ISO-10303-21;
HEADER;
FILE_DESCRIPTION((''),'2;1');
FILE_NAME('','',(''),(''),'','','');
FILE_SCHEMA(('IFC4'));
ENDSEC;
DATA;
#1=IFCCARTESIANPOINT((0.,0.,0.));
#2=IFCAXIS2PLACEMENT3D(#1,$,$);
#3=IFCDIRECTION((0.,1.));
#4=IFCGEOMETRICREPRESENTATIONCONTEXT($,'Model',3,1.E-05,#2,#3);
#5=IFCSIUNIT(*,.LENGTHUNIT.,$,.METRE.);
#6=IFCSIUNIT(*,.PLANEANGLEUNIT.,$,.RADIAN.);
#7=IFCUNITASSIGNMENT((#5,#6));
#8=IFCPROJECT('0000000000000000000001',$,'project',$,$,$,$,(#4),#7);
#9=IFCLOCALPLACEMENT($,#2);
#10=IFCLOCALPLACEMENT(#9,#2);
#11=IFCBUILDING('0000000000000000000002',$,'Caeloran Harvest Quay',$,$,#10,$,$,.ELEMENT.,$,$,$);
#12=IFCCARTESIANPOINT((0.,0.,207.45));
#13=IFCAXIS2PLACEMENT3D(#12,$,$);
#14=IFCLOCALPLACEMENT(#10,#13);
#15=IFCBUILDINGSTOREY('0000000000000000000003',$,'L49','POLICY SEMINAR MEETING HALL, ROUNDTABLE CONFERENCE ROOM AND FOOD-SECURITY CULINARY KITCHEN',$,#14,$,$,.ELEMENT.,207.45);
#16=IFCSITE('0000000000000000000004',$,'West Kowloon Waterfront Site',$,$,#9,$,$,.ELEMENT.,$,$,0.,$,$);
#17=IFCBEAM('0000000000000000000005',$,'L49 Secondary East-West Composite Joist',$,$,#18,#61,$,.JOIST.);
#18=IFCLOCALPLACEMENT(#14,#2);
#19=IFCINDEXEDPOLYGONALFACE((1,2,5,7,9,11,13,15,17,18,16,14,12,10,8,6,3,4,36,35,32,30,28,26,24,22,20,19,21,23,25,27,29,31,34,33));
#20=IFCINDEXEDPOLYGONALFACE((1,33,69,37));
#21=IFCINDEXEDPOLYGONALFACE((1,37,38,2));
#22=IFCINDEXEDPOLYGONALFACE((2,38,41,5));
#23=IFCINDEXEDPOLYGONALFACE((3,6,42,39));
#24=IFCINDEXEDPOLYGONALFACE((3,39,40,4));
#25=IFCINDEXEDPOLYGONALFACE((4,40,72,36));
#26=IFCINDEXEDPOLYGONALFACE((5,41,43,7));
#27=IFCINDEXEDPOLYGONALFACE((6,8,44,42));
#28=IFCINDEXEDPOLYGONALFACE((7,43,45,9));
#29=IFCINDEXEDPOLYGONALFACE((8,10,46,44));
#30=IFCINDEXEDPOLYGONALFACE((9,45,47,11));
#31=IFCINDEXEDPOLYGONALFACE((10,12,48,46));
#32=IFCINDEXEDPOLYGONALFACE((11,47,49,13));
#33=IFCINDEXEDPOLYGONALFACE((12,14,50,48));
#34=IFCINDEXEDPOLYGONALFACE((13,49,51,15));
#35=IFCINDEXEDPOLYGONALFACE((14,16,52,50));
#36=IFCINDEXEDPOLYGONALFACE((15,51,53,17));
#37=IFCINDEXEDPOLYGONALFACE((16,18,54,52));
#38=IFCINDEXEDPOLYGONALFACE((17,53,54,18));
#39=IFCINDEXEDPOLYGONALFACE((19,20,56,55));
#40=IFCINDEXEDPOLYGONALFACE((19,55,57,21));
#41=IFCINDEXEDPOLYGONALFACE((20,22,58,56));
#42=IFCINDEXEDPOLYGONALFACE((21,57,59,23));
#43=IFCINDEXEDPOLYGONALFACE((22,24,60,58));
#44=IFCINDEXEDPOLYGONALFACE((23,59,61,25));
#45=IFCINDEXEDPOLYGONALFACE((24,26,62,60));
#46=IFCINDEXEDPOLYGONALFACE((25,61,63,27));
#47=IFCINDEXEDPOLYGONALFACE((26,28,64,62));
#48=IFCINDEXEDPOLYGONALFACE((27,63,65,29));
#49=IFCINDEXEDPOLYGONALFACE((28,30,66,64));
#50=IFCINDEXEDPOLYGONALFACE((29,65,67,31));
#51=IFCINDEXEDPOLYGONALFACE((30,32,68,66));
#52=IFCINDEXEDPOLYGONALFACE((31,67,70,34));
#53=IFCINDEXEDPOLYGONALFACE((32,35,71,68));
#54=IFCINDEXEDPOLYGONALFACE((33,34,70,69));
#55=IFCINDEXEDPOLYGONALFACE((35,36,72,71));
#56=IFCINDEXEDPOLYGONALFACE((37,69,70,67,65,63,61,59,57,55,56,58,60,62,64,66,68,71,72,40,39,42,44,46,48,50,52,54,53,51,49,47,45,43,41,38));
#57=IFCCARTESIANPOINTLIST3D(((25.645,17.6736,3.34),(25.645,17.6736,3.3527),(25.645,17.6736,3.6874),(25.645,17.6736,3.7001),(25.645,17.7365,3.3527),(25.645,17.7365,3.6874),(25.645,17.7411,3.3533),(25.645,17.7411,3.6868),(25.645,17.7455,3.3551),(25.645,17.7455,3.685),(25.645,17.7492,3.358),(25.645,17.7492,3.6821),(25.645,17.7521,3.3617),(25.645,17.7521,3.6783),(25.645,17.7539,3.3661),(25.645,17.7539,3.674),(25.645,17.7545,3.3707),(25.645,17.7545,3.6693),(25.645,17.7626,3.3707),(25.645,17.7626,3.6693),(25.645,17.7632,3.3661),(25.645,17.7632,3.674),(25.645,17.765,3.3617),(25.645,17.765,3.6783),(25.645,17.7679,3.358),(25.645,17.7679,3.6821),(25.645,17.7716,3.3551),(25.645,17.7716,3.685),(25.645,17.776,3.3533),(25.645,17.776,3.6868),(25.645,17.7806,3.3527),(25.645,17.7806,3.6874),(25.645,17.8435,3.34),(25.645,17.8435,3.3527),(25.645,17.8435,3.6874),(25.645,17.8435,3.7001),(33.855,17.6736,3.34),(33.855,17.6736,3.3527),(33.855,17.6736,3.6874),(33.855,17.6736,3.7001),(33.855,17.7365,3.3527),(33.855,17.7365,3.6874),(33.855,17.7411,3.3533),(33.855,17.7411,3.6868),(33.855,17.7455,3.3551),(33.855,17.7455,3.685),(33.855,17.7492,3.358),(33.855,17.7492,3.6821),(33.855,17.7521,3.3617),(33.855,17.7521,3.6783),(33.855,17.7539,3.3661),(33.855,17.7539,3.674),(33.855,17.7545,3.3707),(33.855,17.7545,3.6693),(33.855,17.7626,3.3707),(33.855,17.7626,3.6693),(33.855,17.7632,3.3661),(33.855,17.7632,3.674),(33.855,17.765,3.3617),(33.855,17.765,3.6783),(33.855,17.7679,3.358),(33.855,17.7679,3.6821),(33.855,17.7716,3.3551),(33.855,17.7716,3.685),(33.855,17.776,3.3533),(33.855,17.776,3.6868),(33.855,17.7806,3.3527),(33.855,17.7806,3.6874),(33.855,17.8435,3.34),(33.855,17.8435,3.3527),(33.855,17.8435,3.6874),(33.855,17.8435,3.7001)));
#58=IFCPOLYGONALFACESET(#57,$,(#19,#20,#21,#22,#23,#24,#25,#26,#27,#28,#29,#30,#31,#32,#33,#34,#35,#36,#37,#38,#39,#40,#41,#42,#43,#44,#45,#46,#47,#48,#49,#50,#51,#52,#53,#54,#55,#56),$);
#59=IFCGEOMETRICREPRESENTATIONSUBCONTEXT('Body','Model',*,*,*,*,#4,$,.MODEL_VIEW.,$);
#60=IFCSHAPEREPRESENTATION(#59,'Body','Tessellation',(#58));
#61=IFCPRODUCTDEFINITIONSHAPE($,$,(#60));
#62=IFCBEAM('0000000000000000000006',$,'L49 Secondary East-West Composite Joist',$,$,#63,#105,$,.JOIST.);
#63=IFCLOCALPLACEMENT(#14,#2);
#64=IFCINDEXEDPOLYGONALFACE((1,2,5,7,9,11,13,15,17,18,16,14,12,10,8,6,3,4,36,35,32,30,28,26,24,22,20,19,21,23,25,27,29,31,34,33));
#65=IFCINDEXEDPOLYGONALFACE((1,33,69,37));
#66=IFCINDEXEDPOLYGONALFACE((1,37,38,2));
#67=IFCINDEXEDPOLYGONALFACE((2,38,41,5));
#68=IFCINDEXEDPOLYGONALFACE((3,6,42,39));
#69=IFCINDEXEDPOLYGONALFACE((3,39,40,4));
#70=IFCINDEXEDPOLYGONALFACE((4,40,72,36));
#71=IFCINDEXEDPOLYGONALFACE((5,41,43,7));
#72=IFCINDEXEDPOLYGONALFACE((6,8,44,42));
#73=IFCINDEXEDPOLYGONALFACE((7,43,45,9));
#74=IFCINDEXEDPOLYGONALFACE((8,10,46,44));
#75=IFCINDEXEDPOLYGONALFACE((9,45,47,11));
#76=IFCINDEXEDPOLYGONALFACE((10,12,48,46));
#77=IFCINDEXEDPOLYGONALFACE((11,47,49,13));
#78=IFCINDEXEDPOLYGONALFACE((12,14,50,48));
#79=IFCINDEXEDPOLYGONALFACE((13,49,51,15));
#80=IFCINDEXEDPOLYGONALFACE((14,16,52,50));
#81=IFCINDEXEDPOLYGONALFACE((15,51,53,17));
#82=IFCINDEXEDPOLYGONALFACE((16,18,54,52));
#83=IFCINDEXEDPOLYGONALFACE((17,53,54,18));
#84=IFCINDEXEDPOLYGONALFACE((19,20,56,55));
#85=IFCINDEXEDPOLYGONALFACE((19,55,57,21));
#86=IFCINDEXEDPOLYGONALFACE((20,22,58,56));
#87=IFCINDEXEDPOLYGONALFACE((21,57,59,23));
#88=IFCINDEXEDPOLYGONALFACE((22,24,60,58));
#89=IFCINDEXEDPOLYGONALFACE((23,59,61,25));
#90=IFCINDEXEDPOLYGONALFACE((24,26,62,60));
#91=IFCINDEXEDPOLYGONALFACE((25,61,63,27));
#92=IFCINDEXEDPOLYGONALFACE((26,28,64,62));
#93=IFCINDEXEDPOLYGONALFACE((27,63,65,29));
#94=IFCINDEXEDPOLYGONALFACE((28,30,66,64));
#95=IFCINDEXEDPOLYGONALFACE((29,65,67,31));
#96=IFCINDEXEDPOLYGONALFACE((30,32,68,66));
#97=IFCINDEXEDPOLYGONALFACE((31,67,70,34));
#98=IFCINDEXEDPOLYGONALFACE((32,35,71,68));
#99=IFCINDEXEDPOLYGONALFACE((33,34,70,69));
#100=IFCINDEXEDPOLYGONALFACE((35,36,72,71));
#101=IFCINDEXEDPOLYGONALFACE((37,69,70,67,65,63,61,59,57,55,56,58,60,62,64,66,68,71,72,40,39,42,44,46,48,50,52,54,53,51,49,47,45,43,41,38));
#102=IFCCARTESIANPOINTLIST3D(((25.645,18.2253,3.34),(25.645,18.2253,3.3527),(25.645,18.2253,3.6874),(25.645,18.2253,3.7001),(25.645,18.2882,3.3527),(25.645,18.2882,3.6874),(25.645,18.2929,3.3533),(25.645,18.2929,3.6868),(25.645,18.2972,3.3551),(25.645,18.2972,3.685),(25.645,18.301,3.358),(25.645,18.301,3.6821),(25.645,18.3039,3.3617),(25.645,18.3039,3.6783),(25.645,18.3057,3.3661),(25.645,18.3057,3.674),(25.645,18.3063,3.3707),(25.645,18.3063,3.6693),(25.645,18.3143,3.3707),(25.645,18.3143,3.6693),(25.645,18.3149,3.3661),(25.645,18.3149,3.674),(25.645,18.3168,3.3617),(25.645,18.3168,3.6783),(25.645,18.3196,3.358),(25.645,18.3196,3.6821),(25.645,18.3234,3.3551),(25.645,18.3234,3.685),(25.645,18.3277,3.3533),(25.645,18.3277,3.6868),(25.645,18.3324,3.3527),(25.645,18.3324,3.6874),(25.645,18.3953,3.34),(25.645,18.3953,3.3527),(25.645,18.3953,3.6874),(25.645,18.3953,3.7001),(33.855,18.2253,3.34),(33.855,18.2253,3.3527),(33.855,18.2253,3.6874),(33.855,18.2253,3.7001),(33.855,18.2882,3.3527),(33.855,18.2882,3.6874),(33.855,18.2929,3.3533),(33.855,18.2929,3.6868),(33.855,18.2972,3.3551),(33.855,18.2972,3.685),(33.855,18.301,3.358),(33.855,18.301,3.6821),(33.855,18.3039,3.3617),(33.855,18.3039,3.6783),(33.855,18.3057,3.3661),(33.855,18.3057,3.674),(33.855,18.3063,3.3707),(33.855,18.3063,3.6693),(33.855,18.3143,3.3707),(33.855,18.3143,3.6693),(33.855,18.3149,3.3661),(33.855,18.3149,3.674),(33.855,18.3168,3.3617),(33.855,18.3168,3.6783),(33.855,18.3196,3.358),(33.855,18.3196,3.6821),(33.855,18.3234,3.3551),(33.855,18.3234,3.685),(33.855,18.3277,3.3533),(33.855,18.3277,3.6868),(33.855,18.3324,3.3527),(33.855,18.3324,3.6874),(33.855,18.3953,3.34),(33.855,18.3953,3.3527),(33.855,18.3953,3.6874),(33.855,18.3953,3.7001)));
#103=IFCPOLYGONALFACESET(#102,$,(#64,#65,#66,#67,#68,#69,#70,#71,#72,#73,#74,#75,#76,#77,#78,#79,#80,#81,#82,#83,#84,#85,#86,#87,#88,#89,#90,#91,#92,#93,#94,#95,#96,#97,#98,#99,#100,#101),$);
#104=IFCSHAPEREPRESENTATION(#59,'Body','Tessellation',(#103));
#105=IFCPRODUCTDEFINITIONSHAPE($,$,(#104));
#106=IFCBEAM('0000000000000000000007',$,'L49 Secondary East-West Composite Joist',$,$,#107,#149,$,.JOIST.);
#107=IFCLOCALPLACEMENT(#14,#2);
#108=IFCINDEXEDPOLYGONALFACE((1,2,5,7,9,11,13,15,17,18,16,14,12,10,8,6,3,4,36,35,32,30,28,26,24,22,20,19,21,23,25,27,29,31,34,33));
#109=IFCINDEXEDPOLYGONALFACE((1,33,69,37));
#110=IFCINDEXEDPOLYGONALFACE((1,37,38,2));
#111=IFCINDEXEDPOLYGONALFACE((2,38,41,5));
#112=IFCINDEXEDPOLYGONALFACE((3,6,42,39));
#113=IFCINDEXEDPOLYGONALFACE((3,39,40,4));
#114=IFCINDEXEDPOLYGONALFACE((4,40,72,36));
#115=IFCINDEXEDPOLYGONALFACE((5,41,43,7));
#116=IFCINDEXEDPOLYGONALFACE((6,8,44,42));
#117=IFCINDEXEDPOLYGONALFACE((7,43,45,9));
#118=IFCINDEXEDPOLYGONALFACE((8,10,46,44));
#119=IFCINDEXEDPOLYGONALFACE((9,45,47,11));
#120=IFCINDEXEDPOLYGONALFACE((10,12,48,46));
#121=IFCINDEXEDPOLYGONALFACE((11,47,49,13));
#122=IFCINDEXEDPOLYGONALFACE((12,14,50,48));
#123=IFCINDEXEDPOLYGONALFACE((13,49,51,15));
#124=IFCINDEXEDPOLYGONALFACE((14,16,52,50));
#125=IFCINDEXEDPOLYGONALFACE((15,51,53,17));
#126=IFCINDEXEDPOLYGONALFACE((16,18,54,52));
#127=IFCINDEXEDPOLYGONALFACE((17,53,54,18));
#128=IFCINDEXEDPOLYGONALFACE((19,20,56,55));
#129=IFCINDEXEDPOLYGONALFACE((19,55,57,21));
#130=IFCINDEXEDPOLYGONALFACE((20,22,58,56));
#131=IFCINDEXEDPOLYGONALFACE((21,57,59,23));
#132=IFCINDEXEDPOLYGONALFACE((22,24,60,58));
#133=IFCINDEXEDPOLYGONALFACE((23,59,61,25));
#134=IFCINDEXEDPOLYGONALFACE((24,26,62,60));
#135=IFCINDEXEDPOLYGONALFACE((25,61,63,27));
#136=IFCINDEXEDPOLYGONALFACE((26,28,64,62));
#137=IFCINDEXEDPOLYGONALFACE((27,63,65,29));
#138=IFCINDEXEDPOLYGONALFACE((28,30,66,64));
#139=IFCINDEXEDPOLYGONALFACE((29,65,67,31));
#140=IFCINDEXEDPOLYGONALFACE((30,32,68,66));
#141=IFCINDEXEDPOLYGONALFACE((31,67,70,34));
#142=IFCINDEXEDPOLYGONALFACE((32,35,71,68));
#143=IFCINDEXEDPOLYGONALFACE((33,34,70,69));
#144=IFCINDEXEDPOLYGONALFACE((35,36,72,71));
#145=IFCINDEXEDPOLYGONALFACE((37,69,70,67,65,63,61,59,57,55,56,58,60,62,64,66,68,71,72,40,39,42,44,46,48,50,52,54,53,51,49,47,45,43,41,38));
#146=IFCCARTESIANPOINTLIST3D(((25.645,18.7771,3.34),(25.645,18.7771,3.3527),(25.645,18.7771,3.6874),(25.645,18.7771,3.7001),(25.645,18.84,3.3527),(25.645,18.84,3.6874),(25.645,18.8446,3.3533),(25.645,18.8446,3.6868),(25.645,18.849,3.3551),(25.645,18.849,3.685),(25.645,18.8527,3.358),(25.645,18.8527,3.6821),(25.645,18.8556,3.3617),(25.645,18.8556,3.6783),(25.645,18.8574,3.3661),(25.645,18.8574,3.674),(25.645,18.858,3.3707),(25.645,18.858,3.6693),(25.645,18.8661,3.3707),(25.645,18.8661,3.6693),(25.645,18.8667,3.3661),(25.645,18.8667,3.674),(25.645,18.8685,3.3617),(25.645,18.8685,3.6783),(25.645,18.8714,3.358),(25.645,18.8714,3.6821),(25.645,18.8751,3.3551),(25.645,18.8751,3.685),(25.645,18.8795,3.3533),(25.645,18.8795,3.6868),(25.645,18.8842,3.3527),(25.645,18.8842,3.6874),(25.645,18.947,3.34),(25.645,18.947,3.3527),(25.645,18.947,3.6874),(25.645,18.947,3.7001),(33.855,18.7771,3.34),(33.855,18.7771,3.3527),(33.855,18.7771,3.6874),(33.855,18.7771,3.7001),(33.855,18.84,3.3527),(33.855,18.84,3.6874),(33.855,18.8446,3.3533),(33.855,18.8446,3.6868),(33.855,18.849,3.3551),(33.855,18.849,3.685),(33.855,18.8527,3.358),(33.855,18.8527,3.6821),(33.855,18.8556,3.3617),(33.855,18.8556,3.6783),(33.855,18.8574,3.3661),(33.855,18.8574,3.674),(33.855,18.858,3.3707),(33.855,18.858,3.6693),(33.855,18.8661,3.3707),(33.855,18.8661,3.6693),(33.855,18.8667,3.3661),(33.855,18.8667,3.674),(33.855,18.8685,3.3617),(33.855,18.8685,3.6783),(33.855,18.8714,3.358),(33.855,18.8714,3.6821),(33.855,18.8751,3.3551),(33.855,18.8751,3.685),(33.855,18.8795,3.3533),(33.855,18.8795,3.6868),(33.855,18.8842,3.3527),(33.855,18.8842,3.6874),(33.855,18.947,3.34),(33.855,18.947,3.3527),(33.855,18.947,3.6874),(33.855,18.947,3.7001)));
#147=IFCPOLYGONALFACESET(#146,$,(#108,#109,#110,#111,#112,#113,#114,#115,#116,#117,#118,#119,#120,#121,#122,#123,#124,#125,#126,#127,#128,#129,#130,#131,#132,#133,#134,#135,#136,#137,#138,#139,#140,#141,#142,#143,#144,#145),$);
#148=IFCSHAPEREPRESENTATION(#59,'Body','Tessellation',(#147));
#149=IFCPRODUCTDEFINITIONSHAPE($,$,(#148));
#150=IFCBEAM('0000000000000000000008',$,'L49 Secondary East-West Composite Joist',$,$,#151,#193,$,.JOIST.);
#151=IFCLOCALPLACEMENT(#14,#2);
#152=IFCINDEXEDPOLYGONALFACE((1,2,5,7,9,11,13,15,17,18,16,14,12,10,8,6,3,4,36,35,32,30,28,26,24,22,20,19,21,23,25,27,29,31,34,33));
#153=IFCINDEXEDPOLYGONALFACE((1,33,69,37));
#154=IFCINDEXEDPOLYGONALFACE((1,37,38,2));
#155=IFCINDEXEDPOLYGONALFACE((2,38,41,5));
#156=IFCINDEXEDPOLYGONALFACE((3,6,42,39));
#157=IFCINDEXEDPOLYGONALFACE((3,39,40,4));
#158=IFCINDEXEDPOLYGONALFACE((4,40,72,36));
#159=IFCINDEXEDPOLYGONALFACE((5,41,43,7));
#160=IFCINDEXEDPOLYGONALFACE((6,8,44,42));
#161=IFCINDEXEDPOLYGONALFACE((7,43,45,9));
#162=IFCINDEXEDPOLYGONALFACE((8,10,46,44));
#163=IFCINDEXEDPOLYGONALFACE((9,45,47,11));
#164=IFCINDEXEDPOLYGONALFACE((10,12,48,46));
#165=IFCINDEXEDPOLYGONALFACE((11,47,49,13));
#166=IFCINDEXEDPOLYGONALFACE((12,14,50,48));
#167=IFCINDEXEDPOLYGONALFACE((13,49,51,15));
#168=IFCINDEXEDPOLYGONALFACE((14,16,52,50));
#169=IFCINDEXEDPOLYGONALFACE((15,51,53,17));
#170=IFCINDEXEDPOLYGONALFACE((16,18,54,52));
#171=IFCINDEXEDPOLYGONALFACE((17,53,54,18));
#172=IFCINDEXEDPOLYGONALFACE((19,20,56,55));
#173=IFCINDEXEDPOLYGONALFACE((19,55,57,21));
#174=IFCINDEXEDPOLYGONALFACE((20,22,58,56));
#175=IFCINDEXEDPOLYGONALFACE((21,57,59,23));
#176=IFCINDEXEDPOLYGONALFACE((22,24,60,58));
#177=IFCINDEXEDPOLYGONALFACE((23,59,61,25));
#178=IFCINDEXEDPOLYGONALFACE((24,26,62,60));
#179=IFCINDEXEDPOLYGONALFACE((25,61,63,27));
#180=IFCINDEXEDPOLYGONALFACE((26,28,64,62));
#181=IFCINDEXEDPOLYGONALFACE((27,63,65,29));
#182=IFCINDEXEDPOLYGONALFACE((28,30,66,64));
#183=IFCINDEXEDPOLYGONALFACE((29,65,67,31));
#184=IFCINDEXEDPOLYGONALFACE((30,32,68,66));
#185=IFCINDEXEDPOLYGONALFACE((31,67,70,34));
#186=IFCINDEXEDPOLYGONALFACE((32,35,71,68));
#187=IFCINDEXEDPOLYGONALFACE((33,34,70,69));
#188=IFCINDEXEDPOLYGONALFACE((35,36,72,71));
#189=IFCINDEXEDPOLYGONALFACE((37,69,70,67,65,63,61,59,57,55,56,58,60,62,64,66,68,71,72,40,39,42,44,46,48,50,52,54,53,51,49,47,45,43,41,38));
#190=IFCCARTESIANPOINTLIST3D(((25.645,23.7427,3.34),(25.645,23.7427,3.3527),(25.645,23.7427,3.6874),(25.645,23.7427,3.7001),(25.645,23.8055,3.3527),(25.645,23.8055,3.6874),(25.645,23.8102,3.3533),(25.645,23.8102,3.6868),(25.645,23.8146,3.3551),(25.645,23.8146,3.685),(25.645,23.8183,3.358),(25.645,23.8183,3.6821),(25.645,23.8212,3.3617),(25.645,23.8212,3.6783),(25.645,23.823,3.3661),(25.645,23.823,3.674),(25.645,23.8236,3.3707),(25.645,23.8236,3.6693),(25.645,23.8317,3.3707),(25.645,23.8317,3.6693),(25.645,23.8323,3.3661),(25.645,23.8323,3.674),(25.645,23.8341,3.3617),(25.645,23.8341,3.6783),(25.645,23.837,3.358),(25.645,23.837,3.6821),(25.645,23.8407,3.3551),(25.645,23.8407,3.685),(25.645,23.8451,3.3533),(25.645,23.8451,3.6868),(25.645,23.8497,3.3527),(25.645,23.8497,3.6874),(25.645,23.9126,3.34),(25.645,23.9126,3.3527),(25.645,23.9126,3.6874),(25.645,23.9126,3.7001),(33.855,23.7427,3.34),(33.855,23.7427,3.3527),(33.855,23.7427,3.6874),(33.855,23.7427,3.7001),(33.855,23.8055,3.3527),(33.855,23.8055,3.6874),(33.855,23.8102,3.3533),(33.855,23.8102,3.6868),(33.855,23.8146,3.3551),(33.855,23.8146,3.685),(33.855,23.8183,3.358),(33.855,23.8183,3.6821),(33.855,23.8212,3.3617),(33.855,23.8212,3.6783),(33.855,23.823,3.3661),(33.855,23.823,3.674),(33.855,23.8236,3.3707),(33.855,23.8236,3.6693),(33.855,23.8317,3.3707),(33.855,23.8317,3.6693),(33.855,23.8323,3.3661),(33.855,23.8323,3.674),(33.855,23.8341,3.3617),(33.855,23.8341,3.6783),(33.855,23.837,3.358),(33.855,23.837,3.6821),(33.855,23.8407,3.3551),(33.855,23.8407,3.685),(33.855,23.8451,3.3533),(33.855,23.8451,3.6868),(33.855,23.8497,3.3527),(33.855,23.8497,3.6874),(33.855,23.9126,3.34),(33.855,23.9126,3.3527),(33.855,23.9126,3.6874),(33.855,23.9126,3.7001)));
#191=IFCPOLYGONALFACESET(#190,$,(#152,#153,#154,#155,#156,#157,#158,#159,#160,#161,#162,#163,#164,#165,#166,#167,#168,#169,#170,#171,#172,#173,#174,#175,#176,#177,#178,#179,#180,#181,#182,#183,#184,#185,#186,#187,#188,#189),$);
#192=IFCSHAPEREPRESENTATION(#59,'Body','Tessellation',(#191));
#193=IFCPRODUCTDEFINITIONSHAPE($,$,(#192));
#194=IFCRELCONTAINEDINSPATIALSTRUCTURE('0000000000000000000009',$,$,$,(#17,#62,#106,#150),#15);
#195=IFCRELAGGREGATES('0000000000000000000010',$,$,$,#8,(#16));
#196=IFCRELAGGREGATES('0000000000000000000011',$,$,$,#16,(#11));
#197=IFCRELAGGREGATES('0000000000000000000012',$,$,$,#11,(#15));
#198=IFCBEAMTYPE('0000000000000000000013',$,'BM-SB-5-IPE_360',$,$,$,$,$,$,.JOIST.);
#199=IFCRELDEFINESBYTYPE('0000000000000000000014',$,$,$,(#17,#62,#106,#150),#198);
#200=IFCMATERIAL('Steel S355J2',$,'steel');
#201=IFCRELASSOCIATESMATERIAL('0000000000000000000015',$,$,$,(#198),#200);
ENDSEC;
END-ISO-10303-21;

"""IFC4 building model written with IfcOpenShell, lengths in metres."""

from ifc_helpers import new_model, si_unit, direction, frame, origin, origin_2d, place, context, subcontext, project, spatial, i_section, extrude, material, material_profile, profile_set, type_object, element, save


model = new_model("IFC4")

# Units and contexts
model_context = context("Model", 3, precision=1e-05, world=origin(), true_north=direction((0.0, 1.0)))
body_context = subcontext(model_context, "Body", "Model", "MODEL_VIEW")
ifc_project = project(units=[si_unit("LENGTHUNIT", "METRE"), si_unit("PLANEANGLEUNIT", "RADIAN")], contexts=[model_context])

# Site, building, storey
site_placement = place(None, origin())
site = spatial("IfcSite", under=ifc_project, at=site_placement, Name="West Kowloon Waterfront Site", CompositionType="ELEMENT", RefElevation=0.0)
building_placement = place(site_placement, origin())
building = spatial("IfcBuilding", under=site, at=building_placement, Name="Caeloran Harvest Quay", CompositionType="ELEMENT")
storey_placement = place(building_placement, frame((0.0, 0.0, 207.45)))
storey = spatial("IfcBuildingStorey", under=building, at=storey_placement, Name="L49", Description="POLICY SEMINAR MEETING HALL, ROUNDTABLE CONFERENCE ROOM AND FOOD-SECURITY CULINARY KITCHEN", CompositionType="ELEMENT", Elevation=207.45)

# Beams
ifc_material_1 = material(Name="Steel S355J2", Category="steel")
ifc_material_profile_1 = material_profile(ifc_material_1, i_section(OverallWidth=0.1699, OverallDepth=0.3601, WebThickness=0.0081, FlangeThickness=0.0127, FilletRadius=0.0181, at=origin_2d()), Name="IPE 360")
ifc_profile_set_1 = profile_set([ifc_material_profile_1], Name="Steel S355J2")
beam_type_1 = type_object("IfcBeamType", Name="BM-SB-5-IPE_360", PredefinedType="JOIST", material=ifc_profile_set_1)
for number, where, z_axis, x_axis, name in (
    (1, (25.645, 17.7585, 3.52), (1.0, 0.0, 0.0), (0.0, 1.0, 0.0), "L49 Secondary East-West Composite Joist"),
    (2, (25.645, 18.3103, 3.52), (1.0, 0.0, 0.0), (0.0, 1.0, 0.0), "L49 Secondary East-West Composite Joist"),
    (3, (25.645, 18.8621, 3.52), (1.0, 0.0, 0.0), (0.0, 1.0, 0.0), "L49 Secondary East-West Composite Joist"),
    (4, (25.645, 23.8276, 3.52), (1.0, 0.0, 0.0), (0.0, 1.0, 0.0), "L49 Secondary East-West Composite Joist"),
):
    element("IfcBeam", number, at=place(storey_placement, frame(where, z_axis=z_axis, x_axis=x_axis)), inside=storey, type_object=beam_type_1, Name=name, PredefinedType="JOIST", context=body_context, shape_type="SweptSolid", body=[
        extrude(i_section(OverallWidth=0.1699, OverallDepth=0.3601, WebThickness=0.0081, FlangeThickness=0.0127, FilletRadius=0.0181, at=origin_2d()), origin(), (0.0, 0.0, 1.0), 8.21),
    ])

save(model, "model.ifc")
